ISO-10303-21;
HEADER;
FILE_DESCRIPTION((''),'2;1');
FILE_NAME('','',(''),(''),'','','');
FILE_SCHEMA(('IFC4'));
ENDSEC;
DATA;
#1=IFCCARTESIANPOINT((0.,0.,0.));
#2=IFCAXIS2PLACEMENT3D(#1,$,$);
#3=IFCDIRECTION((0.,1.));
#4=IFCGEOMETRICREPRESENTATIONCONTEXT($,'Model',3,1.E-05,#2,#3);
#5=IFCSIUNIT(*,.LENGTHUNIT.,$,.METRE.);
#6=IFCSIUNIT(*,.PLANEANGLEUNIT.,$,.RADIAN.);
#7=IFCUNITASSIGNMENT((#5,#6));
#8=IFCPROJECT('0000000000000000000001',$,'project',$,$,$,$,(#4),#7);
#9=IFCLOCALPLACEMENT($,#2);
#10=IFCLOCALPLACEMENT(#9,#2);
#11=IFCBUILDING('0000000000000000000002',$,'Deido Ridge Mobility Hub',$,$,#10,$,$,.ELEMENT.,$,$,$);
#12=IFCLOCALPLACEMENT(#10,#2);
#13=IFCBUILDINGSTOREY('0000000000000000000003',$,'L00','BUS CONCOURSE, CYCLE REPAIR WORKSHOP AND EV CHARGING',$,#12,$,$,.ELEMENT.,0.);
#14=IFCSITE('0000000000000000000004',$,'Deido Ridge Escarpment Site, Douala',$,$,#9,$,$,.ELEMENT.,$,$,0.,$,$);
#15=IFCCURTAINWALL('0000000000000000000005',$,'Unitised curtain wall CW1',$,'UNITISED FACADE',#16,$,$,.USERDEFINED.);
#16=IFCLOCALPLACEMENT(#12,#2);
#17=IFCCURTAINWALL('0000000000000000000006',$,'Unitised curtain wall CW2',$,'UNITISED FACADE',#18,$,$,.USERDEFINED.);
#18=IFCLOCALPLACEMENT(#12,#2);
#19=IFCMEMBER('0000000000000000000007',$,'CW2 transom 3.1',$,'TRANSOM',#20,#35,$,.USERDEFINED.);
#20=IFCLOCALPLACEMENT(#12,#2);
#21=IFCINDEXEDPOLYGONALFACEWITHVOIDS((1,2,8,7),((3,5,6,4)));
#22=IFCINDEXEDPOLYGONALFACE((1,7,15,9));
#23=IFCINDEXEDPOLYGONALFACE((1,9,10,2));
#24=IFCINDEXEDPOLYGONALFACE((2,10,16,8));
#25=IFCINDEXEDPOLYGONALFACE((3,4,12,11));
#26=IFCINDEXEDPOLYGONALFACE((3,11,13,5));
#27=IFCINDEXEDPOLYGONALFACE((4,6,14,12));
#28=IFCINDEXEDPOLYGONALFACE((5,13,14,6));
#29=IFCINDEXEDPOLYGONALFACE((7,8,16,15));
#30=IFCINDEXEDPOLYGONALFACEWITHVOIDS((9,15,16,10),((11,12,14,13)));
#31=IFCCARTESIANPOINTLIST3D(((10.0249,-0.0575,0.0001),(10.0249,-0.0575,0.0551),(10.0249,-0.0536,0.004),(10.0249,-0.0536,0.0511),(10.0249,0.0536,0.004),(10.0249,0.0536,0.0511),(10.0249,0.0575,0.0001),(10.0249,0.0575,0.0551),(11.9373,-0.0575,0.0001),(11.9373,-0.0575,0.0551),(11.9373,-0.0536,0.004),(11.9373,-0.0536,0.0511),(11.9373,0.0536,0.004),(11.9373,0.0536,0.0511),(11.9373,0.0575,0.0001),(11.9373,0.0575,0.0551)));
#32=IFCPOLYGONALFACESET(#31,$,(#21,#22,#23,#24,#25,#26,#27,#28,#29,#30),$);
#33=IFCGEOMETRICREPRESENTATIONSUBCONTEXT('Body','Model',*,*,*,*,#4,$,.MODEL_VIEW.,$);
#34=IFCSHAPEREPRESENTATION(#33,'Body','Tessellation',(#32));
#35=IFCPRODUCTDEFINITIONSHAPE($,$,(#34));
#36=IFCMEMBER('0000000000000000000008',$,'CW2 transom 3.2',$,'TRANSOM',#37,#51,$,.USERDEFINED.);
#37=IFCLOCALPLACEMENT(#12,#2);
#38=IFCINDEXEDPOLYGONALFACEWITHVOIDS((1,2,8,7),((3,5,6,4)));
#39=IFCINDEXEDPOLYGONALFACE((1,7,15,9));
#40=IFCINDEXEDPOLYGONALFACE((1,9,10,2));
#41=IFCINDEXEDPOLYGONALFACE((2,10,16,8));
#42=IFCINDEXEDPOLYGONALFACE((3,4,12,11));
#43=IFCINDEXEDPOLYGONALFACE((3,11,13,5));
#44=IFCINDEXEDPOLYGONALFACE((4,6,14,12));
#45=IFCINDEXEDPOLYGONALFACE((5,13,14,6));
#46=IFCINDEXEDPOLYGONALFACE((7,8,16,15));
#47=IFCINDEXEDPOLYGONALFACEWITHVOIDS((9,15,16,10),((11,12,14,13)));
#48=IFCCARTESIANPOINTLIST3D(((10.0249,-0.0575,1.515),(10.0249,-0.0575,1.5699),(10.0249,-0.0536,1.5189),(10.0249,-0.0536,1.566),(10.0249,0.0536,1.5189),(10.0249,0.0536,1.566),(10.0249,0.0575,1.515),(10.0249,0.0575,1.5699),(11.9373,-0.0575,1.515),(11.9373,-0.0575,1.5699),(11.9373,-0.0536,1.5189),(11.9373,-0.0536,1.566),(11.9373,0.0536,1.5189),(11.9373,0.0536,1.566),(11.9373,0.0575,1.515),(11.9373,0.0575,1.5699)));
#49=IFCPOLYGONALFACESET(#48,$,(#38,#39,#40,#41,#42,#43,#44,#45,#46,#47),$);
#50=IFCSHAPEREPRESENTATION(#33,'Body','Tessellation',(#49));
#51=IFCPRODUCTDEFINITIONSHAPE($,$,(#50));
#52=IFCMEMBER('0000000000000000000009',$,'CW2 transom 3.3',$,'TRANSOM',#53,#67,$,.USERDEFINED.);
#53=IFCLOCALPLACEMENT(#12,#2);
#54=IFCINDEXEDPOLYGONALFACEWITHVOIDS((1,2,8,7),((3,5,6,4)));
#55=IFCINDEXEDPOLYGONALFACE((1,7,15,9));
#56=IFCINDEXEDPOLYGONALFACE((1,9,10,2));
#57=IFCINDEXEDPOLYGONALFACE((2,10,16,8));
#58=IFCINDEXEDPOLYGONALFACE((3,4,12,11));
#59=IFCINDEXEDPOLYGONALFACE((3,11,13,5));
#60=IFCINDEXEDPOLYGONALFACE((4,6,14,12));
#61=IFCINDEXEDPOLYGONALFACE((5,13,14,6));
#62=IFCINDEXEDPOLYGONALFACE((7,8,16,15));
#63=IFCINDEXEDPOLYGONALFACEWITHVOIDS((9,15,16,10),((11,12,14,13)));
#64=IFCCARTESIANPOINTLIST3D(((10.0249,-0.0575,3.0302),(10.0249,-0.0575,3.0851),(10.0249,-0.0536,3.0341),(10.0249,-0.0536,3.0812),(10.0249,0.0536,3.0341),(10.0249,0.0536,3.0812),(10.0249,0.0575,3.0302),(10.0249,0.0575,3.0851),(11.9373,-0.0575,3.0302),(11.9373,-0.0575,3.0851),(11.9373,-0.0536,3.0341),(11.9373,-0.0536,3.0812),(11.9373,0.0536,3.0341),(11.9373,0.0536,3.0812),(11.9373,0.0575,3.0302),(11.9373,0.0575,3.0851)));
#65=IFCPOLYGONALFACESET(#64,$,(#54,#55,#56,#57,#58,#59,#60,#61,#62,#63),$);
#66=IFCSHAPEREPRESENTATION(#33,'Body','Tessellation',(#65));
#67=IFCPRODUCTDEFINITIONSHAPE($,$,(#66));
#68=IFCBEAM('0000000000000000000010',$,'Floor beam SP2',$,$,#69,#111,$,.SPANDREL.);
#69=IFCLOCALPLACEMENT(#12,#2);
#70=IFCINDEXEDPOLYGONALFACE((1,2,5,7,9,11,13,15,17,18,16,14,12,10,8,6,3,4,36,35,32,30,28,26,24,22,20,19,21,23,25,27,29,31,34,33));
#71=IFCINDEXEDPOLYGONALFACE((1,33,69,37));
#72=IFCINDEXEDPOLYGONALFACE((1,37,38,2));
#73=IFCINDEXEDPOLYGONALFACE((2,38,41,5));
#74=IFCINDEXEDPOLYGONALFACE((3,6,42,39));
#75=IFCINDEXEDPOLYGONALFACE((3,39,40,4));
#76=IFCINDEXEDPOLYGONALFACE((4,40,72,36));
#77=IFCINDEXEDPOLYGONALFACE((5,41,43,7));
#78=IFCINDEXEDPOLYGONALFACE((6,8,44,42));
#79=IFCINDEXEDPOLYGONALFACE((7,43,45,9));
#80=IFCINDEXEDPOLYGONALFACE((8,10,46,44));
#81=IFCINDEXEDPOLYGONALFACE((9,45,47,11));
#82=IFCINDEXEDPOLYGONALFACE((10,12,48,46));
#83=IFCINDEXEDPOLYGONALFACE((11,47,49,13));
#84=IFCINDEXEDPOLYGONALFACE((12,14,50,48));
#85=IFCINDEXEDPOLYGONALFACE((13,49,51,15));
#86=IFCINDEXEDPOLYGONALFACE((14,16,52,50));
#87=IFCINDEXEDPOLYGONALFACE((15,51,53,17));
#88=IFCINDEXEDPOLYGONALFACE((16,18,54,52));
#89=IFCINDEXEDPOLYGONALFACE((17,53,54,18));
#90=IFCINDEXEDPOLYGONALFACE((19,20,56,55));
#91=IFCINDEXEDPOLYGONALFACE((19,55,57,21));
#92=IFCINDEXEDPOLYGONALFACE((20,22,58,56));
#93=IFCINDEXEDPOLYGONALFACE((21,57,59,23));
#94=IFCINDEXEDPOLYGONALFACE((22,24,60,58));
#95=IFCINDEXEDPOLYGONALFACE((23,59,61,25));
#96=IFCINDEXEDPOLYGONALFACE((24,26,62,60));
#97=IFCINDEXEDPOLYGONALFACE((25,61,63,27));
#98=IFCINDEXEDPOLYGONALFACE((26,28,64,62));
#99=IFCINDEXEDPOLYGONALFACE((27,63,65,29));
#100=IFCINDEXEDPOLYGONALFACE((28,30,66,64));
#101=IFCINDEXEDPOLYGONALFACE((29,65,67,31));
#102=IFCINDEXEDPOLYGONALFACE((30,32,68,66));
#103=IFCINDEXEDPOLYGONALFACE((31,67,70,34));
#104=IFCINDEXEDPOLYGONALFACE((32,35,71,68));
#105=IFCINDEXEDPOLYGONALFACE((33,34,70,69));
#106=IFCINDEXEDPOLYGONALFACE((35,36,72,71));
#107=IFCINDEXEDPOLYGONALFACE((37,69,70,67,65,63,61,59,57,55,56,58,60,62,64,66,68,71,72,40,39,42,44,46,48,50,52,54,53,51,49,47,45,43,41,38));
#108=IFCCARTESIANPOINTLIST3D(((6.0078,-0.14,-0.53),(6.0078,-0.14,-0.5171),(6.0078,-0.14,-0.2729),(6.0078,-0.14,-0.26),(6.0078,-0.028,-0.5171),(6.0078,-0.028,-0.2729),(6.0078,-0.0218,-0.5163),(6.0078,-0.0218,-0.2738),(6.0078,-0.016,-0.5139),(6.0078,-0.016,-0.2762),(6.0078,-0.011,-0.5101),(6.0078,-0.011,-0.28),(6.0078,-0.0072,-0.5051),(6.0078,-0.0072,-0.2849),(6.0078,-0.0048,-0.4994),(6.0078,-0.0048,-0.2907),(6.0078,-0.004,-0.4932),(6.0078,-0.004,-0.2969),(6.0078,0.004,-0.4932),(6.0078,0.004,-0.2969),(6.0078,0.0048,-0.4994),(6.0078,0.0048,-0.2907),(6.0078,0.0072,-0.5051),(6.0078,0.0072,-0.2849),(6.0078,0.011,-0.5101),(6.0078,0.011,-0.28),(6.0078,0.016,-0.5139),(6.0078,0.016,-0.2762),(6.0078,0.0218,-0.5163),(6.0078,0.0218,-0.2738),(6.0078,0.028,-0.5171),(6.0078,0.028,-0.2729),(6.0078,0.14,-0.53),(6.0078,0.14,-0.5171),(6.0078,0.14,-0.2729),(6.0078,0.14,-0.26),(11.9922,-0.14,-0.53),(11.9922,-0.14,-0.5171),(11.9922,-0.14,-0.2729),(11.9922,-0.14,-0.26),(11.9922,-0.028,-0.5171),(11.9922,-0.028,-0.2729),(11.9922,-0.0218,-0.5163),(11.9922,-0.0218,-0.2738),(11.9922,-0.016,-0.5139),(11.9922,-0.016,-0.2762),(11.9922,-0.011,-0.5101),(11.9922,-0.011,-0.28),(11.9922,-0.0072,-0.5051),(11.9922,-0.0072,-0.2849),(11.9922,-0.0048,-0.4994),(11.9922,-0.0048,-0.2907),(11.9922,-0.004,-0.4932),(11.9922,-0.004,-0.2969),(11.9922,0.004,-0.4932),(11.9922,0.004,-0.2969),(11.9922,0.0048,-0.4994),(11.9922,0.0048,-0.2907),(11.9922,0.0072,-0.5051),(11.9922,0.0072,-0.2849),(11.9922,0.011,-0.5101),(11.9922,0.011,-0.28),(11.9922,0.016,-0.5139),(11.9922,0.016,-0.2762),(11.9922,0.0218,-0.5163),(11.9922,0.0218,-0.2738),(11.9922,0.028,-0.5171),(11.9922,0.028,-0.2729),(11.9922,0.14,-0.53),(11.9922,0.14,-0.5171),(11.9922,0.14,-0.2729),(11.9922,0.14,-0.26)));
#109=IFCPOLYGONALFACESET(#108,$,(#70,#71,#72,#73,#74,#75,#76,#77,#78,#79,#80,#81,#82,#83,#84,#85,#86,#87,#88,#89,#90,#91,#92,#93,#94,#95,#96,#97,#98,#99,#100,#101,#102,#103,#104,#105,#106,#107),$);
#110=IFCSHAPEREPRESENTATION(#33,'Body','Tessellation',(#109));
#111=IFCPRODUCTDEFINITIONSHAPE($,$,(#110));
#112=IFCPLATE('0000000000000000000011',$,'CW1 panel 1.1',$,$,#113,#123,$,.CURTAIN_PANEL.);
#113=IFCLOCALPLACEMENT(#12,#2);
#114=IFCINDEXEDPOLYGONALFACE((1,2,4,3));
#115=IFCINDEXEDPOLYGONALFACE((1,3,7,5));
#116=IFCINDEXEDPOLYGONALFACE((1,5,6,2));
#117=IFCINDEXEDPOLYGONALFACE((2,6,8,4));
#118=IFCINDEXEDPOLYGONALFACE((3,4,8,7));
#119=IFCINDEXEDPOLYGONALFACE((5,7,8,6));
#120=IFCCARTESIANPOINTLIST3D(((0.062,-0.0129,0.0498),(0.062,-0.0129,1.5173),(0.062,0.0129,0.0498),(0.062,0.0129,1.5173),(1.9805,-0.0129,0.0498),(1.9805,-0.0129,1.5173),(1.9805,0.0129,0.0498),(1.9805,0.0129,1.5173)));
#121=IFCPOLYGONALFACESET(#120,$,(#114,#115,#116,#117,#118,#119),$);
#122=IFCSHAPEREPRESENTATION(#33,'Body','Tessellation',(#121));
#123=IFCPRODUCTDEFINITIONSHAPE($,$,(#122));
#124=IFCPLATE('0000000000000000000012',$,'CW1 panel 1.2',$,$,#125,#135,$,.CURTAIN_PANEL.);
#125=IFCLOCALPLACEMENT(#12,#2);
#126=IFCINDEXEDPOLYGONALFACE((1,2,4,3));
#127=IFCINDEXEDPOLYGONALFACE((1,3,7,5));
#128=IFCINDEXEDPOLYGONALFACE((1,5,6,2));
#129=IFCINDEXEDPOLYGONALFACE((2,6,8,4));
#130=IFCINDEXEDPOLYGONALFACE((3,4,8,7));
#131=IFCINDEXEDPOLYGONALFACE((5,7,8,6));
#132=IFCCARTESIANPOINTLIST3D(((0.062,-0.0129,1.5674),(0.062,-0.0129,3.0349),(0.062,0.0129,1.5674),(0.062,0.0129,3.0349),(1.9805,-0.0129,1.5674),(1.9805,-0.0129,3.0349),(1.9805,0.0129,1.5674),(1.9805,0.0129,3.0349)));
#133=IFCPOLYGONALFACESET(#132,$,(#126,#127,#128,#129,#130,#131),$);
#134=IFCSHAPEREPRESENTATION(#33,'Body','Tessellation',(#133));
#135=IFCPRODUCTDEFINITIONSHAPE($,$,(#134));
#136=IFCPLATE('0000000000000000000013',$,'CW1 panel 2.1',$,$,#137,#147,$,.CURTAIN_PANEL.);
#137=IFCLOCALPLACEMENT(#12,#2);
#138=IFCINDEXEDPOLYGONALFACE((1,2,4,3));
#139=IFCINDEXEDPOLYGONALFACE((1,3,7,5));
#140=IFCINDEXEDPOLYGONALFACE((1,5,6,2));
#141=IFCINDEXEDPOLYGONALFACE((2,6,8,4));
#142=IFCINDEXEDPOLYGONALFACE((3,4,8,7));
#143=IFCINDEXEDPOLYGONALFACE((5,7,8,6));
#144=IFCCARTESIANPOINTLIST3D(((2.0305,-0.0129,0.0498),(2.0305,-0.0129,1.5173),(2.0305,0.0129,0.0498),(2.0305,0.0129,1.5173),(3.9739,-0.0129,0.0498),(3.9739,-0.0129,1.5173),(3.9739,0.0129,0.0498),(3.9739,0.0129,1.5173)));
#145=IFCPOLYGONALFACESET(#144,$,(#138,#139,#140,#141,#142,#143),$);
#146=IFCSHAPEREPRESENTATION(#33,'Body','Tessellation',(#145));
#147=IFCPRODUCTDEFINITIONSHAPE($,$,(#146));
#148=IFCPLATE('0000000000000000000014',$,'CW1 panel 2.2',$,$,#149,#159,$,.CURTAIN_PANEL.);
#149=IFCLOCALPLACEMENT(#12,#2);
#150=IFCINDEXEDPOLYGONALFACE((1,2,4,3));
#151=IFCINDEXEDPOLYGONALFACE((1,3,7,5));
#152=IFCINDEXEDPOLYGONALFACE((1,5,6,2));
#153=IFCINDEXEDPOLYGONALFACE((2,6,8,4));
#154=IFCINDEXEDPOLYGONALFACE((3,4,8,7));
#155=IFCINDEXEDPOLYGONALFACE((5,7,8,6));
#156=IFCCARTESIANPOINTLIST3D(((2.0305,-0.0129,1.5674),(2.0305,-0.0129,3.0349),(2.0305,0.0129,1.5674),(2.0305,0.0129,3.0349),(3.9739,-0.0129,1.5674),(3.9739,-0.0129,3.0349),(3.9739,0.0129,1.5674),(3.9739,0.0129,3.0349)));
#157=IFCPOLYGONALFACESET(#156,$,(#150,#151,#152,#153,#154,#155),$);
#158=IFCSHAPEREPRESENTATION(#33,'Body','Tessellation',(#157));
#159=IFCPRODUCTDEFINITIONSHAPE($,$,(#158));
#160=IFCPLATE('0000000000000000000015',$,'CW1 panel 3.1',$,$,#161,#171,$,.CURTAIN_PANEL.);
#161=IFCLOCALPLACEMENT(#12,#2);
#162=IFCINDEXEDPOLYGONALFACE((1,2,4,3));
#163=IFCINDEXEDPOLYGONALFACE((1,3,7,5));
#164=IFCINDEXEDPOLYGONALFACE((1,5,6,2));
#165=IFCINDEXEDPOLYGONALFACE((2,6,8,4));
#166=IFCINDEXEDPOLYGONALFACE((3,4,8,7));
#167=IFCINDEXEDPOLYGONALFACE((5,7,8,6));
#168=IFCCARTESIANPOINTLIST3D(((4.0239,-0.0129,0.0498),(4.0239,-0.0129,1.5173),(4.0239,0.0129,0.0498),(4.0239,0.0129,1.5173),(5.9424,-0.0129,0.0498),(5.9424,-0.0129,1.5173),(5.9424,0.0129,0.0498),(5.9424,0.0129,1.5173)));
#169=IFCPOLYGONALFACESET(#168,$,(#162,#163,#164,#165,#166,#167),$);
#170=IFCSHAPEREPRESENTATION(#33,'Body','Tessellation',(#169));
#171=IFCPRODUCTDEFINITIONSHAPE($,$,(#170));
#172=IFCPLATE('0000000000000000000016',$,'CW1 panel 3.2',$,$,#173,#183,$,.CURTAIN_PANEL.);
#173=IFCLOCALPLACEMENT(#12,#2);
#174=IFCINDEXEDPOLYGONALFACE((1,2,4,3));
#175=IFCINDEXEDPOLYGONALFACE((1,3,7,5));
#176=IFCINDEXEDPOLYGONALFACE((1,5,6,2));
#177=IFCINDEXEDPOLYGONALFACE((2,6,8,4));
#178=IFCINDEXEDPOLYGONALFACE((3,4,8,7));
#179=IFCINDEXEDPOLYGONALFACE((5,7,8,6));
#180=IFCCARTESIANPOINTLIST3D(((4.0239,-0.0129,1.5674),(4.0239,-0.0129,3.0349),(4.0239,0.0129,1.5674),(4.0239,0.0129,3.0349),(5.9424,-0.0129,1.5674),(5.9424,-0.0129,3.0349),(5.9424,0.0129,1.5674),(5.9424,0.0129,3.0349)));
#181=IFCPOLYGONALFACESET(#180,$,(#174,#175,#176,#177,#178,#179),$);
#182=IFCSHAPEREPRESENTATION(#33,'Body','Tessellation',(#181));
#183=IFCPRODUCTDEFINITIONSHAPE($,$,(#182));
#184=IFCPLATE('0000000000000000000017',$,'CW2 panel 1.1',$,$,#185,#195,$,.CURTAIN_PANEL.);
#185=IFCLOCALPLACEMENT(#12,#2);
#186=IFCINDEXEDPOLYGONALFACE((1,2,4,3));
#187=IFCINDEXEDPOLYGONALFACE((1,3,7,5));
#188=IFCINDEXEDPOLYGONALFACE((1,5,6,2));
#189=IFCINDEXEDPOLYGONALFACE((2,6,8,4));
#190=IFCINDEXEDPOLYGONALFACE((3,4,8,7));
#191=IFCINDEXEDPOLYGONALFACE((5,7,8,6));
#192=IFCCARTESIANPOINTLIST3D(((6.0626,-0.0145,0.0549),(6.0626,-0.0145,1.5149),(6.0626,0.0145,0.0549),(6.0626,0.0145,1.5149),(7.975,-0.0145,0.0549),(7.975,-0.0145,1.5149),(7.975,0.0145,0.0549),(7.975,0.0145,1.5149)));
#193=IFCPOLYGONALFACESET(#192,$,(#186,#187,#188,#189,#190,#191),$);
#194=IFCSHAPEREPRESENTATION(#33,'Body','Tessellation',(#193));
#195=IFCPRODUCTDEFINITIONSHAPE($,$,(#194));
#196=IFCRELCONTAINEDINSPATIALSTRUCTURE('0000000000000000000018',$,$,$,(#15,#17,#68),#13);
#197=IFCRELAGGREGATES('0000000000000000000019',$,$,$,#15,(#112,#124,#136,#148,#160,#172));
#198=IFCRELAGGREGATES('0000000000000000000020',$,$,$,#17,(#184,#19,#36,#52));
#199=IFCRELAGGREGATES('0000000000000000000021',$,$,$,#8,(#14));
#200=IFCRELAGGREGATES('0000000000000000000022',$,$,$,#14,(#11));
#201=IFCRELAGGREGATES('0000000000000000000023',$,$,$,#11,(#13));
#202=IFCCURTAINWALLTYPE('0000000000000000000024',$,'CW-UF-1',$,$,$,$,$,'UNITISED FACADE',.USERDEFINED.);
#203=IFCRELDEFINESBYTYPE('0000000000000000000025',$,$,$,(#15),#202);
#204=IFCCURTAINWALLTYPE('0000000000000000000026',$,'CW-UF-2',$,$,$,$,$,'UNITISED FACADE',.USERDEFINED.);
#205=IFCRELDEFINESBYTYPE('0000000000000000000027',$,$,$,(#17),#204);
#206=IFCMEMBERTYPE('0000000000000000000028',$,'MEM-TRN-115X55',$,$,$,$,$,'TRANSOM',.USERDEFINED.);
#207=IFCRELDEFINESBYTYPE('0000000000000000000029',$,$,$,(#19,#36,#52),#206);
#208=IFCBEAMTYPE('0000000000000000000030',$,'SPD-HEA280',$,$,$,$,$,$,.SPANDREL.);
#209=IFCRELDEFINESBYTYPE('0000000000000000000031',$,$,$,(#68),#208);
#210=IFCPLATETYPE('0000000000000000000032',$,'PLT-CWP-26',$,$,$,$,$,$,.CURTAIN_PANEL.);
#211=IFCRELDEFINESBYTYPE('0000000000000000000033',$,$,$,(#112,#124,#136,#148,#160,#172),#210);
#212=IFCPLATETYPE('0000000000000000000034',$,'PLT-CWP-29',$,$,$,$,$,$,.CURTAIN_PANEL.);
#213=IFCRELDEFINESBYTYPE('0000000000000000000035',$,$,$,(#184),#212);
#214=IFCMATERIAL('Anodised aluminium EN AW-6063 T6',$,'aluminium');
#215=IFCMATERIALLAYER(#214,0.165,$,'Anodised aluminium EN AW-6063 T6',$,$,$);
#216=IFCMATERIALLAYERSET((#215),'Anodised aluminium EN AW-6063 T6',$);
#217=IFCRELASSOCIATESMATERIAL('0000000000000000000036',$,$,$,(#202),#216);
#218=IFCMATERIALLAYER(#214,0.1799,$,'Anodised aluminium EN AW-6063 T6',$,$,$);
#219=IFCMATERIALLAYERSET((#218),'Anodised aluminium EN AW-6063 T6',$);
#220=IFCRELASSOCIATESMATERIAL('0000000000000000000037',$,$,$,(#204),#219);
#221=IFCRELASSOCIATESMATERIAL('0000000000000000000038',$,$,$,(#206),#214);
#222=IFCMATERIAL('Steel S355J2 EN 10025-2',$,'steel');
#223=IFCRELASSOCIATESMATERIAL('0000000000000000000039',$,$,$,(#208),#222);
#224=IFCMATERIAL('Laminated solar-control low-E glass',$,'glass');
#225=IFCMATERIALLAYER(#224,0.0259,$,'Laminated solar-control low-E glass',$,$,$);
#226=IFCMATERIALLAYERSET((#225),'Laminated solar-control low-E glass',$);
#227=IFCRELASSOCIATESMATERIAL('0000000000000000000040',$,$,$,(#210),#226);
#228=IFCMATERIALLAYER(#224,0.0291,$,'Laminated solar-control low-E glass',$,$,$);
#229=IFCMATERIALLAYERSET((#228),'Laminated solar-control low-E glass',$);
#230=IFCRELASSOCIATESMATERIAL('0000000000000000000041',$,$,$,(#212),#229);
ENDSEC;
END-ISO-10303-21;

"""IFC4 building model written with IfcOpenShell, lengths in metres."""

from ifc_helpers import new_model, si_unit, direction, frame, origin, origin_2d, place, context, subcontext, project, spatial, rectangle, hollow_rectangle, i_section, extrude, material, layer, layer_set, material_profile, profile_set, type_object, element, aggregate, save


model = new_model("IFC4")

# Units and contexts
model_context = context("Model", 3, precision=1e-05, world=origin(), true_north=direction((0.0, 1.0)))
body_context = subcontext(model_context, "Body", "Model", "MODEL_VIEW")
ifc_project = project(units=[si_unit("LENGTHUNIT", "METRE"), si_unit("PLANEANGLEUNIT", "RADIAN")], contexts=[model_context])

# Site, building, storey
site_placement = place(None, origin())
site = spatial("IfcSite", under=ifc_project, at=site_placement, Name="Deido Ridge Escarpment Site, Douala", CompositionType="ELEMENT", RefElevation=0.0)
building_placement = place(site_placement, origin())
building = spatial("IfcBuilding", under=site, at=building_placement, Name="Deido Ridge Mobility Hub", CompositionType="ELEMENT")
storey_placement = place(building_placement, origin())
storey = spatial("IfcBuildingStorey", under=building, at=storey_placement, Name="L00", Description="BUS CONCOURSE, CYCLE REPAIR WORKSHOP AND EV CHARGING", CompositionType="ELEMENT", Elevation=0.0)

# Shared definitions
ifc_material_1 = material(Name="Steel S355J2 EN 10025-2", Category="steel")

# Curtain walls
ifc_material_2 = material(Name="Anodised aluminium EN AW-6063 T6", Category="aluminium")
ifc_layer_1 = layer(ifc_material_2, 0.165, Name="Anodised aluminium EN AW-6063 T6")
ifc_layer_set_1 = layer_set([ifc_layer_1], Name="Anodised aluminium EN AW-6063 T6")
curtain_wall_type_1 = type_object("IfcCurtainWallType", Name="CW-UF-1", ElementType="UNITISED FACADE", PredefinedType="USERDEFINED", material=ifc_layer_set_1)
curtain_wall_1_placement = place(storey_placement, origin())
curtain_wall_1 = element("IfcCurtainWall", 1, at=curtain_wall_1_placement, inside=storey, type_object=curtain_wall_type_1, Name="Unitised curtain wall CW1", ObjectType="UNITISED FACADE", PredefinedType="USERDEFINED")
ifc_layer_2 = layer(ifc_material_2, 0.1799, Name="Anodised aluminium EN AW-6063 T6")
ifc_layer_set_2 = layer_set([ifc_layer_2], Name="Anodised aluminium EN AW-6063 T6")
curtain_wall_type_2 = type_object("IfcCurtainWallType", Name="CW-UF-2", ElementType="UNITISED FACADE", PredefinedType="USERDEFINED", material=ifc_layer_set_2)
curtain_wall_2_placement = place(storey_placement, origin())
curtain_wall_2 = element("IfcCurtainWall", 2, at=curtain_wall_2_placement, inside=storey, type_object=curtain_wall_type_2, Name="Unitised curtain wall CW2", ObjectType="UNITISED FACADE", PredefinedType="USERDEFINED")

# Members
ifc_material_profile_1 = material_profile(ifc_material_2, hollow_rectangle(XDim=0.115, YDim=0.0549, WallThickness=0.0039, at=origin_2d()), Name="RHS 115x55x4")
ifc_profile_set_1 = profile_set([ifc_material_profile_1], Name="Anodised aluminium EN AW-6063 T6")
member_type_1 = type_object("IfcMemberType", Name="MEM-TRN-115X55", ElementType="TRANSOM", PredefinedType="USERDEFINED", material=ifc_profile_set_1)
member_1_placement = place(storey_placement, frame((10.0249, 0.0, 0.0276), z_axis=(1.0, 0.0, 0.0), x_axis=(0.0, 1.0, 0.0)))
member_1 = element("IfcMember", 3, at=member_1_placement, type_object=member_type_1, Name="CW2 transom 3.1", ObjectType="TRANSOM", PredefinedType="USERDEFINED", context=body_context, shape_type="SweptSolid", body=[
    extrude(hollow_rectangle(XDim=0.115, YDim=0.0549, WallThickness=0.0039, at=origin_2d()), origin(), (0.0, 0.0, 1.0), 1.9124),
])
member_2_placement = place(storey_placement, frame((10.0249, 0.0, 1.5425), z_axis=(1.0, 0.0, 0.0), x_axis=(0.0, 1.0, 0.0)))
member_2 = element("IfcMember", 4, at=member_2_placement, type_object=member_type_1, Name="CW2 transom 3.2", ObjectType="TRANSOM", PredefinedType="USERDEFINED", context=body_context, shape_type="SweptSolid", body=[
    extrude(hollow_rectangle(XDim=0.115, YDim=0.0549, WallThickness=0.0039, at=origin_2d()), origin(), (0.0, 0.0, 1.0), 1.9124),
])
member_3_placement = place(storey_placement, frame((10.0249, 0.0, 3.0576), z_axis=(1.0, 0.0, 0.0), x_axis=(0.0, 1.0, 0.0)))
member_3 = element("IfcMember", 5, at=member_3_placement, type_object=member_type_1, Name="CW2 transom 3.3", ObjectType="TRANSOM", PredefinedType="USERDEFINED", context=body_context, shape_type="SweptSolid", body=[
    extrude(hollow_rectangle(XDim=0.115, YDim=0.0549, WallThickness=0.0039, at=origin_2d()), origin(), (0.0, 0.0, 1.0), 1.9124),
])

# Beam
ifc_material_profile_2 = material_profile(ifc_material_1, i_section(OverallWidth=0.28, OverallDepth=0.27, WebThickness=0.0081, FlangeThickness=0.0129, FilletRadius=0.0239, at=origin_2d()), Name="HEA 280")
ifc_profile_set_2 = profile_set([ifc_material_profile_2], Name="Steel S355J2 EN 10025-2")
beam_type_1 = type_object("IfcBeamType", Name="SPD-HEA280", PredefinedType="SPANDREL", material=ifc_profile_set_2)
beam_1_placement = place(storey_placement, frame((6.0078, 0.0, -0.395), z_axis=(1.0, 0.0, 0.0), x_axis=(0.0, 1.0, 0.0)))
element("IfcBeam", 6, at=beam_1_placement, inside=storey, type_object=beam_type_1, Name="Floor beam SP2", PredefinedType="SPANDREL", context=body_context, shape_type="SweptSolid", body=[
    extrude(i_section(OverallWidth=0.28, OverallDepth=0.27, WebThickness=0.0081, FlangeThickness=0.0129, FilletRadius=0.0239, at=origin_2d()), origin(), (0.0, 0.0, 1.0), 5.9844),
])

# Plates
ifc_material_3 = material(Name="Laminated solar-control low-E glass", Category="glass")
ifc_layer_3 = layer(ifc_material_3, 0.0259, Name="Laminated solar-control low-E glass")
ifc_layer_set_3 = layer_set([ifc_layer_3], Name="Laminated solar-control low-E glass")
plate_type_1 = type_object("IfcPlateType", Name="PLT-CWP-26", PredefinedType="CURTAIN_PANEL", material=ifc_layer_set_3)
plate_1_placement = place(storey_placement, frame((1.0212, 0.0, 0.0498), z_axis=(0.0, 0.0, 1.0), x_axis=(1.0, 0.0, 0.0)))
plate_1 = element("IfcPlate", 7, at=plate_1_placement, type_object=plate_type_1, Name="CW1 panel 1.1", PredefinedType="CURTAIN_PANEL", context=body_context, shape_type="SweptSolid", body=[
    extrude(rectangle(XDim=1.9185, YDim=0.0259, at=origin_2d()), origin(), (0.0, 0.0, 1.0), 1.4675),
])
plate_2_placement = place(storey_placement, frame((1.0212, 0.0, 1.5674), z_axis=(0.0, 0.0, 1.0), x_axis=(1.0, 0.0, 0.0)))
plate_2 = element("IfcPlate", 8, at=plate_2_placement, type_object=plate_type_1, Name="CW1 panel 1.2", PredefinedType="CURTAIN_PANEL", context=body_context, shape_type="SweptSolid", body=[
    extrude(rectangle(XDim=1.9185, YDim=0.0259, at=origin_2d()), origin(), (0.0, 0.0, 1.0), 1.4675),
])
plate_3_placement = place(storey_placement, frame((3.0022, 0.0, 0.0498), z_axis=(0.0, 0.0, 1.0), x_axis=(1.0, 0.0, 0.0)))
plate_3 = element("IfcPlate", 9, at=plate_3_placement, type_object=plate_type_1, Name="CW1 panel 2.1", PredefinedType="CURTAIN_PANEL", context=body_context, shape_type="SweptSolid", body=[
    extrude(rectangle(XDim=1.9434, YDim=0.0259, at=origin_2d()), origin(), (0.0, 0.0, 1.0), 1.4675),
])
plate_4_placement = place(storey_placement, frame((3.0022, 0.0, 1.5674), z_axis=(0.0, 0.0, 1.0), x_axis=(1.0, 0.0, 0.0)))
plate_4 = element("IfcPlate", 10, at=plate_4_placement, type_object=plate_type_1, Name="CW1 panel 2.2", PredefinedType="CURTAIN_PANEL", context=body_context, shape_type="SweptSolid", body=[
    extrude(rectangle(XDim=1.9434, YDim=0.0259, at=origin_2d()), origin(), (0.0, 0.0, 1.0), 1.4675),
])
plate_5_placement = place(storey_placement, frame((4.9832, 0.0, 0.0498), z_axis=(0.0, 0.0, 1.0), x_axis=(1.0, 0.0, 0.0)))
plate_5 = element("IfcPlate", 11, at=plate_5_placement, type_object=plate_type_1, Name="CW1 panel 3.1", PredefinedType="CURTAIN_PANEL", context=body_context, shape_type="SweptSolid", body=[
    extrude(rectangle(XDim=1.9185, YDim=0.0259, at=origin_2d()), origin(), (0.0, 0.0, 1.0), 1.4675),
])
plate_6_placement = place(storey_placement, frame((4.9832, 0.0, 1.5674), z_axis=(0.0, 0.0, 1.0), x_axis=(1.0, 0.0, 0.0)))
plate_6 = element("IfcPlate", 12, at=plate_6_placement, type_object=plate_type_1, Name="CW1 panel 3.2", PredefinedType="CURTAIN_PANEL", context=body_context, shape_type="SweptSolid", body=[
    extrude(rectangle(XDim=1.9185, YDim=0.0259, at=origin_2d()), origin(), (0.0, 0.0, 1.0), 1.4675),
])
aggregate(curtain_wall_1, [plate_1, plate_2, plate_3, plate_4, plate_5, plate_6])
ifc_layer_4 = layer(ifc_material_3, 0.0291, Name="Laminated solar-control low-E glass")
ifc_layer_set_4 = layer_set([ifc_layer_4], Name="Laminated solar-control low-E glass")
plate_type_2 = type_object("IfcPlateType", Name="PLT-CWP-29", PredefinedType="CURTAIN_PANEL", material=ifc_layer_set_4)
plate_7_placement = place(storey_placement, frame((7.0188, 0.0, 0.0549), z_axis=(0.0, 0.0, 1.0), x_axis=(1.0, 0.0, 0.0)))
plate_7 = element("IfcPlate", 13, at=plate_7_placement, type_object=plate_type_2, Name="CW2 panel 1.1", PredefinedType="CURTAIN_PANEL", context=body_context, shape_type="SweptSolid", body=[
    extrude(rectangle(XDim=1.9124, YDim=0.0291, at=origin_2d()), origin(), (0.0, 0.0, 1.0), 1.46),
])
aggregate(curtain_wall_2, [plate_7, member_1, member_2, member_3])

save(model, "model.ifc")
